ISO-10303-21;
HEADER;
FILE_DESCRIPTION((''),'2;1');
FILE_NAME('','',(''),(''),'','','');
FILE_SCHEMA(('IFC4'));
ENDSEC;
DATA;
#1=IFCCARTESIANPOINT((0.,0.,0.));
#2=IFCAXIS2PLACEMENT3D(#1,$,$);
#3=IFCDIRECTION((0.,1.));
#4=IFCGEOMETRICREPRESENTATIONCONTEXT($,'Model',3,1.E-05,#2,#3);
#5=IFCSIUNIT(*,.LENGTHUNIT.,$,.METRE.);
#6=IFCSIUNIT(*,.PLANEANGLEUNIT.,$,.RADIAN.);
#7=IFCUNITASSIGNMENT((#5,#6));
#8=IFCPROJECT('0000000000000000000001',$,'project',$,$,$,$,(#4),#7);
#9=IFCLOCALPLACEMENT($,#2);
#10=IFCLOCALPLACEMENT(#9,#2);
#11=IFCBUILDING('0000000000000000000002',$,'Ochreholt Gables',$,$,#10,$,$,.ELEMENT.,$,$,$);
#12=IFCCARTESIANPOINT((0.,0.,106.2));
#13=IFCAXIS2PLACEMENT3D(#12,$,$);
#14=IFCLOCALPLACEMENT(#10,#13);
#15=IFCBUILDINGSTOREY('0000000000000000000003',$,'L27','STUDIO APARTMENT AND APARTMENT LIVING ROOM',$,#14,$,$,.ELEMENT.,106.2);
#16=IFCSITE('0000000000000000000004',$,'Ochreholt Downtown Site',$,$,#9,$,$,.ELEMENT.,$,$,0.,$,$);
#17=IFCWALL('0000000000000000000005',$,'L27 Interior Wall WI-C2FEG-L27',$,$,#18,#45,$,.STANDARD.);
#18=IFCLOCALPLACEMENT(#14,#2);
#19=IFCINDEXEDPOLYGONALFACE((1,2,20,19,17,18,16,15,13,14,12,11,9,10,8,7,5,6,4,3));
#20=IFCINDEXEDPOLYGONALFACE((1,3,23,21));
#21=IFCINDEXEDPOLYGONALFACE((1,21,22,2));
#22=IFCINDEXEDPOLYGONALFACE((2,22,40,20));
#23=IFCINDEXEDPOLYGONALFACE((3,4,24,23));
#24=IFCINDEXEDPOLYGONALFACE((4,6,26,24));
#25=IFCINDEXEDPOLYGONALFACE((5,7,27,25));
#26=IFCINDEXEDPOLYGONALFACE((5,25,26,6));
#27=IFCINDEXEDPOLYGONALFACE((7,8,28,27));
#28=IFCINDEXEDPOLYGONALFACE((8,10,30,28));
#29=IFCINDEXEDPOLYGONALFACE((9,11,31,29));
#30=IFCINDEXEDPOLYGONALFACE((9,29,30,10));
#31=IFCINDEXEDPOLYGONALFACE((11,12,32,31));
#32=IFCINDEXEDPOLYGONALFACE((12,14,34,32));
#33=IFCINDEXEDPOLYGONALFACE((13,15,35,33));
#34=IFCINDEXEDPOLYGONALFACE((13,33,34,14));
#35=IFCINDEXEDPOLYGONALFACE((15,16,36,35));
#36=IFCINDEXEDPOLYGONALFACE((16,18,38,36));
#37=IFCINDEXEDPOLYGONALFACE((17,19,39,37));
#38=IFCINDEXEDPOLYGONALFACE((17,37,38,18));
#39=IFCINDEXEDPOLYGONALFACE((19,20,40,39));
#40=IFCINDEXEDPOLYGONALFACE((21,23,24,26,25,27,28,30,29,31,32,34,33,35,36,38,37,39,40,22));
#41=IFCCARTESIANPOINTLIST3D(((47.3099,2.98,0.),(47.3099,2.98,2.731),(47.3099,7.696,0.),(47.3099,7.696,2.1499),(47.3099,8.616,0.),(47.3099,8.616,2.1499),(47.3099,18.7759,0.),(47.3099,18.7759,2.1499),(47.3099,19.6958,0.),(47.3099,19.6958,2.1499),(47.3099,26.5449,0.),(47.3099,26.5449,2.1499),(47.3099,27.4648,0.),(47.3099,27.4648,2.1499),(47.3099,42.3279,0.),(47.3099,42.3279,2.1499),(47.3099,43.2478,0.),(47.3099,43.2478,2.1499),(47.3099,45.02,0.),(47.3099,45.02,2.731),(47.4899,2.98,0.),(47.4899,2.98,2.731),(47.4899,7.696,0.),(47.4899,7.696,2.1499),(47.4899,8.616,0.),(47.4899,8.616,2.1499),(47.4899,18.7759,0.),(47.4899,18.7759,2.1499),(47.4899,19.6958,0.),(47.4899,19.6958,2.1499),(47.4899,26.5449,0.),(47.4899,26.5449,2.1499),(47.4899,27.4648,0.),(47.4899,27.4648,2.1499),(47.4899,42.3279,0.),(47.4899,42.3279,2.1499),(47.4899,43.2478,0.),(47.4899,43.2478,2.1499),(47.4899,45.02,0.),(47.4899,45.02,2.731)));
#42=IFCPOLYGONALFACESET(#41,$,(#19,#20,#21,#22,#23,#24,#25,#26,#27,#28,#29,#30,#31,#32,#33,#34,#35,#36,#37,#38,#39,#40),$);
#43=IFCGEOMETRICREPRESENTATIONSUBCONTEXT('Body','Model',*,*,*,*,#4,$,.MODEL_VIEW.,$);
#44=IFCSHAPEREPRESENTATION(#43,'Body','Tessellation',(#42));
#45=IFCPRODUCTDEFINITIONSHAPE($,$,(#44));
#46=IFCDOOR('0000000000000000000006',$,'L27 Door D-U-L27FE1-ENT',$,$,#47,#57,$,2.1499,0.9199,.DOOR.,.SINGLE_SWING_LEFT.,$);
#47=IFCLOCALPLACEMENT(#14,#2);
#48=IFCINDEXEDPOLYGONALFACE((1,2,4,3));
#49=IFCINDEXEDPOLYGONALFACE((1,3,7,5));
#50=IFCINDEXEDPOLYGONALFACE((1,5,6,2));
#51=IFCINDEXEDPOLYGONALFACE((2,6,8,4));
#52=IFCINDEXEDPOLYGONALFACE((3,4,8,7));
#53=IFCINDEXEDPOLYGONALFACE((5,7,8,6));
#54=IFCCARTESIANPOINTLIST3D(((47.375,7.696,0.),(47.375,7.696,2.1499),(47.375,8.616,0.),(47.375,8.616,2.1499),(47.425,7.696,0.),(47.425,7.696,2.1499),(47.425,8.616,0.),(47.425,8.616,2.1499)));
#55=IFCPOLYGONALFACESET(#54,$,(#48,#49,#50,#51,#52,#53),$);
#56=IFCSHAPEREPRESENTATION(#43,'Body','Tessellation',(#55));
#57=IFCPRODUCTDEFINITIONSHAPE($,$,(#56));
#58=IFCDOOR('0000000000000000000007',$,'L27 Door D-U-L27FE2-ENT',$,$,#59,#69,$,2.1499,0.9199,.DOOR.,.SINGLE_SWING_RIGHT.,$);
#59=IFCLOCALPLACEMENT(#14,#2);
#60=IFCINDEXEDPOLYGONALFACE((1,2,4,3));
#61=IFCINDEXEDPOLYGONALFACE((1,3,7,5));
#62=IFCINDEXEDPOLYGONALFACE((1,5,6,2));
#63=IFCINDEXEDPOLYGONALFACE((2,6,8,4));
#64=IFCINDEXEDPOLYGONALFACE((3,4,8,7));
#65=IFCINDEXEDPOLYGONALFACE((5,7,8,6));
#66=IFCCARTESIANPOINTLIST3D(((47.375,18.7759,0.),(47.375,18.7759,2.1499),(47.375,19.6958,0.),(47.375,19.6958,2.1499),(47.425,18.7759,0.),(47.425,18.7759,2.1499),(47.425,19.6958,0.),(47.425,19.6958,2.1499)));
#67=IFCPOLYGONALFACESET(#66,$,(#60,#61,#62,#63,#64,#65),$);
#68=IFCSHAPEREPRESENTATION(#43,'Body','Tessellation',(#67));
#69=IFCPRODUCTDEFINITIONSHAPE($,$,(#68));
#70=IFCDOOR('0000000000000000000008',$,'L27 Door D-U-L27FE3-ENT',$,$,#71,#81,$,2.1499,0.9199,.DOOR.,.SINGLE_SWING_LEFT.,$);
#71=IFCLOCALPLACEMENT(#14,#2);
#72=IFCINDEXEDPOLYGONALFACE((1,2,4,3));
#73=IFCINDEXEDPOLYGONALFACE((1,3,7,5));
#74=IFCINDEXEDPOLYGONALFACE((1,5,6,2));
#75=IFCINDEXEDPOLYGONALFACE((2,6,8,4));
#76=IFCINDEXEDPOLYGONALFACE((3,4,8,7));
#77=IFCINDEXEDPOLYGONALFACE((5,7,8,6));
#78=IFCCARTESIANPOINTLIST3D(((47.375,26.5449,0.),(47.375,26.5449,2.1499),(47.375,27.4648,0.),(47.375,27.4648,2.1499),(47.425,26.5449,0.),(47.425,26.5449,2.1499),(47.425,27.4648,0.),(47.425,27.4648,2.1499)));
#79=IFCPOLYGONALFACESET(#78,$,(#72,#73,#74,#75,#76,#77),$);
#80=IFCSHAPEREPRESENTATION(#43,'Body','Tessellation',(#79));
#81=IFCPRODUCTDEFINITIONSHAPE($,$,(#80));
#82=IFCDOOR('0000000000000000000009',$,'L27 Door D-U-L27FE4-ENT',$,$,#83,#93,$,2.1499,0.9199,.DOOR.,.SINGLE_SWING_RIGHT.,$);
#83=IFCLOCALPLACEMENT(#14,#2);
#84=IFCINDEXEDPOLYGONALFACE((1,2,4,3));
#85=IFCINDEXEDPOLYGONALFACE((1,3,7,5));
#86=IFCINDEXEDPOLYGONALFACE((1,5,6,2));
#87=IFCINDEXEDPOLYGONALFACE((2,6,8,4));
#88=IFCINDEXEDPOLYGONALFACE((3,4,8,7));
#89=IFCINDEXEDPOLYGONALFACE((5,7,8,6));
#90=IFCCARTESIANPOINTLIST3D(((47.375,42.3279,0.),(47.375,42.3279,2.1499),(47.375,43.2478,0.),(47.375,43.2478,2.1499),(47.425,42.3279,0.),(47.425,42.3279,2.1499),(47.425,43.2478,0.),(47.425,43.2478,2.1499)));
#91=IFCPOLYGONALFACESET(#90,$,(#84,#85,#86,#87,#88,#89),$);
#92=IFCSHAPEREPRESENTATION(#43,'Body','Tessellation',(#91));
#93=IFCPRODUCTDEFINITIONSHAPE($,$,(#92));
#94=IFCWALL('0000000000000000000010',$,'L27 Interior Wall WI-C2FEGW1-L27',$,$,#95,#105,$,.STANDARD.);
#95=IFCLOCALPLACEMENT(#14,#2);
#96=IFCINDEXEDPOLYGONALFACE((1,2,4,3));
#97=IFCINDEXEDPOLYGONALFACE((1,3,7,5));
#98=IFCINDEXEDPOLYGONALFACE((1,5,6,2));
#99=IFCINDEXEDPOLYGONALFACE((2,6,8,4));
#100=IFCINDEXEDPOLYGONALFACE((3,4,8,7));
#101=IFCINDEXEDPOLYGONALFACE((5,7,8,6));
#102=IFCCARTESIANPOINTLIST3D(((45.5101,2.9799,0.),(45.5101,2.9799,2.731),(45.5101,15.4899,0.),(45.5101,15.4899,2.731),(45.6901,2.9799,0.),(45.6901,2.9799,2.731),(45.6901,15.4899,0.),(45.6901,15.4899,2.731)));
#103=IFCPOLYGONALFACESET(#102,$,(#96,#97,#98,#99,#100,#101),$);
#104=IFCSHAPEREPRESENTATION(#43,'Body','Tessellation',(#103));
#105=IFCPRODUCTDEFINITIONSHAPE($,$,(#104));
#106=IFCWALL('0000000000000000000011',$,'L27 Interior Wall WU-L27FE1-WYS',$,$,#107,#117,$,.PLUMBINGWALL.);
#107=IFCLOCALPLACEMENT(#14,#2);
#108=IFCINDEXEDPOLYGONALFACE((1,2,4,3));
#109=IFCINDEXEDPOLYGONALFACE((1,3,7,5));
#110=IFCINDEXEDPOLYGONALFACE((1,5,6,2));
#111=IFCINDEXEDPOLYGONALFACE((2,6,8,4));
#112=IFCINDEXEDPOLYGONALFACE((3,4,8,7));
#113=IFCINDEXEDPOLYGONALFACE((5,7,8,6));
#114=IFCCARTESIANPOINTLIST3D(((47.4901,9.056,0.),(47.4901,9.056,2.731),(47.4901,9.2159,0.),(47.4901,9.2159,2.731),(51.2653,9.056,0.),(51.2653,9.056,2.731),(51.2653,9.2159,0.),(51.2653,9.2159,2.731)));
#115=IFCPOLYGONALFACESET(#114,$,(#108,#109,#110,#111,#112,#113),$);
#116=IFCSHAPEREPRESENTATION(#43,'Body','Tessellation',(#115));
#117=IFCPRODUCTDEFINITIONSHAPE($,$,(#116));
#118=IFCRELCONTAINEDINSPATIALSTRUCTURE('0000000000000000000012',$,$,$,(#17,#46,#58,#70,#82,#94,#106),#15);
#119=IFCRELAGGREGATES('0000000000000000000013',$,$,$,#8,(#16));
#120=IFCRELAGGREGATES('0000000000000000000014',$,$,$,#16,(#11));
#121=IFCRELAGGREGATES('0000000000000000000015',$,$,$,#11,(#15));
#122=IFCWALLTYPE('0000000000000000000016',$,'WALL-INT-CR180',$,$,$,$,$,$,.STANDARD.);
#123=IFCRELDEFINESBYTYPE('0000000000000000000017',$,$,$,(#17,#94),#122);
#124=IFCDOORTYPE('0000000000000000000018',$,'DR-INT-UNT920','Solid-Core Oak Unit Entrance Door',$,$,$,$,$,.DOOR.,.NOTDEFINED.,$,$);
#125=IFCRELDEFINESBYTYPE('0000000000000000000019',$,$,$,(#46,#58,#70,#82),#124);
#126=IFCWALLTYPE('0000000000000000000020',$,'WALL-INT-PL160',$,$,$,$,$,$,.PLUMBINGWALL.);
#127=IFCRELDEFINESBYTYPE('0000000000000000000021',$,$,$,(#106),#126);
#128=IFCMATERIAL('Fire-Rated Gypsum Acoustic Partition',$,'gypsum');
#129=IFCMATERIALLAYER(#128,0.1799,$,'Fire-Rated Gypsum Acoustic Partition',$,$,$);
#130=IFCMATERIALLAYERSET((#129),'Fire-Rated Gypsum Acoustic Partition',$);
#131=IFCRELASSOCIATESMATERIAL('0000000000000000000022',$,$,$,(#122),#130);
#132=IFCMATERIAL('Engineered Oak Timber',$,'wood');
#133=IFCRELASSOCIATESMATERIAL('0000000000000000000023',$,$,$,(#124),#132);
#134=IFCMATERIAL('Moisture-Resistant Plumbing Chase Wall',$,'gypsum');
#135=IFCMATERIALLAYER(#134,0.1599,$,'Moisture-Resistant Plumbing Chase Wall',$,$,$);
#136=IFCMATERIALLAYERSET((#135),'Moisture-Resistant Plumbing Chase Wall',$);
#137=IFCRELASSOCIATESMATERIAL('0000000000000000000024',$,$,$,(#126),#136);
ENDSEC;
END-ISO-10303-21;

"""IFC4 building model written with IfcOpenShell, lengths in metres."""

from ifc_helpers import new_model, si_unit, direction, frame, frame_2d, origin, place, context, subcontext, project, spatial, rectangle, extrude, material, layer, layer_set, type_object, element, fill, save


model = new_model("IFC4")

# Units and contexts
model_context = context("Model", 3, precision=1e-05, world=origin(), true_north=direction((0.0, 1.0)))
body_context = subcontext(model_context, "Body", "Model", "MODEL_VIEW")
ifc_project = project(units=[si_unit("LENGTHUNIT", "METRE"), si_unit("PLANEANGLEUNIT", "RADIAN")], contexts=[model_context])

# Site, building, storey
site_placement = place(None, origin())
site = spatial("IfcSite", under=ifc_project, at=site_placement, Name="Ochreholt Downtown Site", CompositionType="ELEMENT", RefElevation=0.0)
building_placement = place(site_placement, origin())
building = spatial("IfcBuilding", under=site, at=building_placement, Name="Ochreholt Gables", CompositionType="ELEMENT")
storey_placement = place(building_placement, frame((0.0, 0.0, 106.2)))
storey = spatial("IfcBuildingStorey", under=building, at=storey_placement, Name="L27", Description="STUDIO APARTMENT AND APARTMENT LIVING ROOM", CompositionType="ELEMENT", Elevation=106.2)

# Wall, openings, doors
ifc_material_1 = material(Name="Fire-Rated Gypsum Acoustic Partition", Category="gypsum")
ifc_layer_1 = layer(ifc_material_1, 0.1799, Name="Fire-Rated Gypsum Acoustic Partition")
ifc_layer_set_1 = layer_set([ifc_layer_1], Name="Fire-Rated Gypsum Acoustic Partition")
wall_type_1 = type_object("IfcWallType", Name="WALL-INT-CR180", PredefinedType="STANDARD", material=ifc_layer_set_1)
wall_1_placement = place(storey_placement, frame((47.3999, 2.98, 0.0), z_axis=(0.0, 0.0, 1.0), x_axis=(0.0, 1.0, 0.0)))
wall_1 = element("IfcWall", 1, at=wall_1_placement, inside=storey, type_object=wall_type_1, Name="L27 Interior Wall WI-C2FEG-L27", PredefinedType="STANDARD", context=body_context, shape_type="SweptSolid", body=[
    extrude(rectangle(XDim=42.04, YDim=0.1799, at=frame_2d((21.02, 0.0))), origin(), (0.0, 0.0, 1.0), 2.731),
])
opening_1_placement = place(wall_1_placement, frame((4.7161, 0.0, 0.0)))
opening_1 = element("IfcOpeningElement", 2, at=opening_1_placement, cuts=wall_1, PredefinedType="OPENING", context=body_context, shape_type="SweptSolid", body=[
    extrude(rectangle(XDim=0.9199, YDim=2.1499, at=frame_2d((0.46, 1.075))), frame((0.0, 0.0999, 0.0), z_axis=(0.0, -1.0, 0.0), x_axis=(1.0, 0.0, 0.0)), (0.0, 0.0, 1.0), 0.2),
])
opening_2_placement = place(wall_1_placement, frame((15.7959, 0.0, 0.0)))
opening_2 = element("IfcOpeningElement", 3, at=opening_2_placement, cuts=wall_1, PredefinedType="OPENING", context=body_context, shape_type="SweptSolid", body=[
    extrude(rectangle(XDim=0.9199, YDim=2.1499, at=frame_2d((0.46, 1.075))), frame((0.0, 0.0999, 0.0), z_axis=(0.0, -1.0, 0.0), x_axis=(1.0, 0.0, 0.0)), (0.0, 0.0, 1.0), 0.2),
])
opening_3_placement = place(wall_1_placement, frame((23.5649, 0.0, 0.0)))
opening_3 = element("IfcOpeningElement", 4, at=opening_3_placement, cuts=wall_1, PredefinedType="OPENING", context=body_context, shape_type="SweptSolid", body=[
    extrude(rectangle(XDim=0.9199, YDim=2.1499, at=frame_2d((0.46, 1.075))), frame((0.0, 0.0999, 0.0), z_axis=(0.0, -1.0, 0.0), x_axis=(1.0, 0.0, 0.0)), (0.0, 0.0, 1.0), 0.2),
])
opening_4_placement = place(wall_1_placement, frame((39.3479, 0.0, 0.0)))
opening_4 = element("IfcOpeningElement", 5, at=opening_4_placement, cuts=wall_1, PredefinedType="OPENING", context=body_context, shape_type="SweptSolid", body=[
    extrude(rectangle(XDim=0.9199, YDim=2.1499, at=frame_2d((0.46, 1.075))), frame((0.0, 0.0999, 0.0), z_axis=(0.0, -1.0, 0.0), x_axis=(1.0, 0.0, 0.0)), (0.0, 0.0, 1.0), 0.2),
])
ifc_material_2 = material(Name="Engineered Oak Timber", Category="wood")
door_type_1 = type_object("IfcDoorType", Name="DR-INT-UNT920", Description="Solid-Core Oak Unit Entrance Door", OperationType="NOTDEFINED", PredefinedType="DOOR", material=ifc_material_2)
door_1_placement = place(opening_1_placement, origin())
door_1 = element("IfcDoor", 6, at=door_1_placement, inside=storey, type_object=door_type_1, Name="L27 Door D-U-L27FE1-ENT", OperationType="SINGLE_SWING_LEFT", OverallHeight=2.1499, OverallWidth=0.9199, PredefinedType="DOOR", context=body_context, shape_type="SweptSolid", body=[
    extrude(rectangle(XDim=0.9199, YDim=2.1499, at=frame_2d((0.46, 1.075))), frame((0.0, 0.0249, 0.0), z_axis=(0.0, -1.0, 0.0), x_axis=(1.0, 0.0, 0.0)), (0.0, 0.0, 1.0), 0.05),
])
fill(opening_1, door_1)
door_2_placement = place(opening_2_placement, origin())
door_2 = element("IfcDoor", 7, at=door_2_placement, inside=storey, type_object=door_type_1, Name="L27 Door D-U-L27FE2-ENT", OperationType="SINGLE_SWING_RIGHT", OverallHeight=2.1499, OverallWidth=0.9199, PredefinedType="DOOR", context=body_context, shape_type="SweptSolid", body=[
    extrude(rectangle(XDim=0.9199, YDim=2.1499, at=frame_2d((0.46, 1.075))), frame((0.0, 0.0249, 0.0), z_axis=(0.0, -1.0, 0.0), x_axis=(1.0, 0.0, 0.0)), (0.0, 0.0, 1.0), 0.05),
])
fill(opening_2, door_2)
door_3_placement = place(opening_3_placement, origin())
door_3 = element("IfcDoor", 8, at=door_3_placement, inside=storey, type_object=door_type_1, Name="L27 Door D-U-L27FE3-ENT", OperationType="SINGLE_SWING_LEFT", OverallHeight=2.1499, OverallWidth=0.9199, PredefinedType="DOOR", context=body_context, shape_type="SweptSolid", body=[
    extrude(rectangle(XDim=0.9199, YDim=2.1499, at=frame_2d((0.46, 1.075))), frame((0.0, 0.0249, 0.0), z_axis=(0.0, -1.0, 0.0), x_axis=(1.0, 0.0, 0.0)), (0.0, 0.0, 1.0), 0.05),
])
fill(opening_3, door_3)
door_4_placement = place(opening_4_placement, origin())
door_4 = element("IfcDoor", 9, at=door_4_placement, inside=storey, type_object=door_type_1, Name="L27 Door D-U-L27FE4-ENT", OperationType="SINGLE_SWING_RIGHT", OverallHeight=2.1499, OverallWidth=0.9199, PredefinedType="DOOR", context=body_context, shape_type="SweptSolid", body=[
    extrude(rectangle(XDim=0.9199, YDim=2.1499, at=frame_2d((0.46, 1.075))), frame((0.0, 0.0249, 0.0), z_axis=(0.0, -1.0, 0.0), x_axis=(1.0, 0.0, 0.0)), (0.0, 0.0, 1.0), 0.05),
])
fill(opening_4, door_4)

# Walls
wall_2_placement = place(storey_placement, frame((45.6001, 2.98, 0.0), z_axis=(0.0, 0.0, 1.0), x_axis=(0.0, 1.0, 0.0)))
element("IfcWall", 10, at=wall_2_placement, inside=storey, type_object=wall_type_1, Name="L27 Interior Wall WI-C2FEGW1-L27", PredefinedType="STANDARD", context=body_context, shape_type="SweptSolid", body=[
    extrude(rectangle(XDim=12.51, YDim=0.1799, at=frame_2d((6.2549, 0.0))), origin(), (0.0, 0.0, 1.0), 2.731),
])
ifc_material_3 = material(Name="Moisture-Resistant Plumbing Chase Wall", Category="gypsum")
ifc_layer_2 = layer(ifc_material_3, 0.1599, Name="Moisture-Resistant Plumbing Chase Wall")
ifc_layer_set_2 = layer_set([ifc_layer_2], Name="Moisture-Resistant Plumbing Chase Wall")
wall_type_2 = type_object("IfcWallType", Name="WALL-INT-PL160", PredefinedType="PLUMBINGWALL", material=ifc_layer_set_2)
wall_3_placement = place(storey_placement, frame((47.49, 9.136, 0.0), z_axis=(0.0, 0.0, 1.0), x_axis=(1.0, 0.0, 0.0)))
element("IfcWall", 11, at=wall_3_placement, inside=storey, type_object=wall_type_2, Name="L27 Interior Wall WU-L27FE1-WYS", PredefinedType="PLUMBINGWALL", context=body_context, shape_type="SweptSolid", body=[
    extrude(rectangle(XDim=3.7751, YDim=0.1599, at=frame_2d((1.8877, 0.0))), origin(), (0.0, 0.0, 1.0), 2.731),
])

save(model, "model.ifc")
